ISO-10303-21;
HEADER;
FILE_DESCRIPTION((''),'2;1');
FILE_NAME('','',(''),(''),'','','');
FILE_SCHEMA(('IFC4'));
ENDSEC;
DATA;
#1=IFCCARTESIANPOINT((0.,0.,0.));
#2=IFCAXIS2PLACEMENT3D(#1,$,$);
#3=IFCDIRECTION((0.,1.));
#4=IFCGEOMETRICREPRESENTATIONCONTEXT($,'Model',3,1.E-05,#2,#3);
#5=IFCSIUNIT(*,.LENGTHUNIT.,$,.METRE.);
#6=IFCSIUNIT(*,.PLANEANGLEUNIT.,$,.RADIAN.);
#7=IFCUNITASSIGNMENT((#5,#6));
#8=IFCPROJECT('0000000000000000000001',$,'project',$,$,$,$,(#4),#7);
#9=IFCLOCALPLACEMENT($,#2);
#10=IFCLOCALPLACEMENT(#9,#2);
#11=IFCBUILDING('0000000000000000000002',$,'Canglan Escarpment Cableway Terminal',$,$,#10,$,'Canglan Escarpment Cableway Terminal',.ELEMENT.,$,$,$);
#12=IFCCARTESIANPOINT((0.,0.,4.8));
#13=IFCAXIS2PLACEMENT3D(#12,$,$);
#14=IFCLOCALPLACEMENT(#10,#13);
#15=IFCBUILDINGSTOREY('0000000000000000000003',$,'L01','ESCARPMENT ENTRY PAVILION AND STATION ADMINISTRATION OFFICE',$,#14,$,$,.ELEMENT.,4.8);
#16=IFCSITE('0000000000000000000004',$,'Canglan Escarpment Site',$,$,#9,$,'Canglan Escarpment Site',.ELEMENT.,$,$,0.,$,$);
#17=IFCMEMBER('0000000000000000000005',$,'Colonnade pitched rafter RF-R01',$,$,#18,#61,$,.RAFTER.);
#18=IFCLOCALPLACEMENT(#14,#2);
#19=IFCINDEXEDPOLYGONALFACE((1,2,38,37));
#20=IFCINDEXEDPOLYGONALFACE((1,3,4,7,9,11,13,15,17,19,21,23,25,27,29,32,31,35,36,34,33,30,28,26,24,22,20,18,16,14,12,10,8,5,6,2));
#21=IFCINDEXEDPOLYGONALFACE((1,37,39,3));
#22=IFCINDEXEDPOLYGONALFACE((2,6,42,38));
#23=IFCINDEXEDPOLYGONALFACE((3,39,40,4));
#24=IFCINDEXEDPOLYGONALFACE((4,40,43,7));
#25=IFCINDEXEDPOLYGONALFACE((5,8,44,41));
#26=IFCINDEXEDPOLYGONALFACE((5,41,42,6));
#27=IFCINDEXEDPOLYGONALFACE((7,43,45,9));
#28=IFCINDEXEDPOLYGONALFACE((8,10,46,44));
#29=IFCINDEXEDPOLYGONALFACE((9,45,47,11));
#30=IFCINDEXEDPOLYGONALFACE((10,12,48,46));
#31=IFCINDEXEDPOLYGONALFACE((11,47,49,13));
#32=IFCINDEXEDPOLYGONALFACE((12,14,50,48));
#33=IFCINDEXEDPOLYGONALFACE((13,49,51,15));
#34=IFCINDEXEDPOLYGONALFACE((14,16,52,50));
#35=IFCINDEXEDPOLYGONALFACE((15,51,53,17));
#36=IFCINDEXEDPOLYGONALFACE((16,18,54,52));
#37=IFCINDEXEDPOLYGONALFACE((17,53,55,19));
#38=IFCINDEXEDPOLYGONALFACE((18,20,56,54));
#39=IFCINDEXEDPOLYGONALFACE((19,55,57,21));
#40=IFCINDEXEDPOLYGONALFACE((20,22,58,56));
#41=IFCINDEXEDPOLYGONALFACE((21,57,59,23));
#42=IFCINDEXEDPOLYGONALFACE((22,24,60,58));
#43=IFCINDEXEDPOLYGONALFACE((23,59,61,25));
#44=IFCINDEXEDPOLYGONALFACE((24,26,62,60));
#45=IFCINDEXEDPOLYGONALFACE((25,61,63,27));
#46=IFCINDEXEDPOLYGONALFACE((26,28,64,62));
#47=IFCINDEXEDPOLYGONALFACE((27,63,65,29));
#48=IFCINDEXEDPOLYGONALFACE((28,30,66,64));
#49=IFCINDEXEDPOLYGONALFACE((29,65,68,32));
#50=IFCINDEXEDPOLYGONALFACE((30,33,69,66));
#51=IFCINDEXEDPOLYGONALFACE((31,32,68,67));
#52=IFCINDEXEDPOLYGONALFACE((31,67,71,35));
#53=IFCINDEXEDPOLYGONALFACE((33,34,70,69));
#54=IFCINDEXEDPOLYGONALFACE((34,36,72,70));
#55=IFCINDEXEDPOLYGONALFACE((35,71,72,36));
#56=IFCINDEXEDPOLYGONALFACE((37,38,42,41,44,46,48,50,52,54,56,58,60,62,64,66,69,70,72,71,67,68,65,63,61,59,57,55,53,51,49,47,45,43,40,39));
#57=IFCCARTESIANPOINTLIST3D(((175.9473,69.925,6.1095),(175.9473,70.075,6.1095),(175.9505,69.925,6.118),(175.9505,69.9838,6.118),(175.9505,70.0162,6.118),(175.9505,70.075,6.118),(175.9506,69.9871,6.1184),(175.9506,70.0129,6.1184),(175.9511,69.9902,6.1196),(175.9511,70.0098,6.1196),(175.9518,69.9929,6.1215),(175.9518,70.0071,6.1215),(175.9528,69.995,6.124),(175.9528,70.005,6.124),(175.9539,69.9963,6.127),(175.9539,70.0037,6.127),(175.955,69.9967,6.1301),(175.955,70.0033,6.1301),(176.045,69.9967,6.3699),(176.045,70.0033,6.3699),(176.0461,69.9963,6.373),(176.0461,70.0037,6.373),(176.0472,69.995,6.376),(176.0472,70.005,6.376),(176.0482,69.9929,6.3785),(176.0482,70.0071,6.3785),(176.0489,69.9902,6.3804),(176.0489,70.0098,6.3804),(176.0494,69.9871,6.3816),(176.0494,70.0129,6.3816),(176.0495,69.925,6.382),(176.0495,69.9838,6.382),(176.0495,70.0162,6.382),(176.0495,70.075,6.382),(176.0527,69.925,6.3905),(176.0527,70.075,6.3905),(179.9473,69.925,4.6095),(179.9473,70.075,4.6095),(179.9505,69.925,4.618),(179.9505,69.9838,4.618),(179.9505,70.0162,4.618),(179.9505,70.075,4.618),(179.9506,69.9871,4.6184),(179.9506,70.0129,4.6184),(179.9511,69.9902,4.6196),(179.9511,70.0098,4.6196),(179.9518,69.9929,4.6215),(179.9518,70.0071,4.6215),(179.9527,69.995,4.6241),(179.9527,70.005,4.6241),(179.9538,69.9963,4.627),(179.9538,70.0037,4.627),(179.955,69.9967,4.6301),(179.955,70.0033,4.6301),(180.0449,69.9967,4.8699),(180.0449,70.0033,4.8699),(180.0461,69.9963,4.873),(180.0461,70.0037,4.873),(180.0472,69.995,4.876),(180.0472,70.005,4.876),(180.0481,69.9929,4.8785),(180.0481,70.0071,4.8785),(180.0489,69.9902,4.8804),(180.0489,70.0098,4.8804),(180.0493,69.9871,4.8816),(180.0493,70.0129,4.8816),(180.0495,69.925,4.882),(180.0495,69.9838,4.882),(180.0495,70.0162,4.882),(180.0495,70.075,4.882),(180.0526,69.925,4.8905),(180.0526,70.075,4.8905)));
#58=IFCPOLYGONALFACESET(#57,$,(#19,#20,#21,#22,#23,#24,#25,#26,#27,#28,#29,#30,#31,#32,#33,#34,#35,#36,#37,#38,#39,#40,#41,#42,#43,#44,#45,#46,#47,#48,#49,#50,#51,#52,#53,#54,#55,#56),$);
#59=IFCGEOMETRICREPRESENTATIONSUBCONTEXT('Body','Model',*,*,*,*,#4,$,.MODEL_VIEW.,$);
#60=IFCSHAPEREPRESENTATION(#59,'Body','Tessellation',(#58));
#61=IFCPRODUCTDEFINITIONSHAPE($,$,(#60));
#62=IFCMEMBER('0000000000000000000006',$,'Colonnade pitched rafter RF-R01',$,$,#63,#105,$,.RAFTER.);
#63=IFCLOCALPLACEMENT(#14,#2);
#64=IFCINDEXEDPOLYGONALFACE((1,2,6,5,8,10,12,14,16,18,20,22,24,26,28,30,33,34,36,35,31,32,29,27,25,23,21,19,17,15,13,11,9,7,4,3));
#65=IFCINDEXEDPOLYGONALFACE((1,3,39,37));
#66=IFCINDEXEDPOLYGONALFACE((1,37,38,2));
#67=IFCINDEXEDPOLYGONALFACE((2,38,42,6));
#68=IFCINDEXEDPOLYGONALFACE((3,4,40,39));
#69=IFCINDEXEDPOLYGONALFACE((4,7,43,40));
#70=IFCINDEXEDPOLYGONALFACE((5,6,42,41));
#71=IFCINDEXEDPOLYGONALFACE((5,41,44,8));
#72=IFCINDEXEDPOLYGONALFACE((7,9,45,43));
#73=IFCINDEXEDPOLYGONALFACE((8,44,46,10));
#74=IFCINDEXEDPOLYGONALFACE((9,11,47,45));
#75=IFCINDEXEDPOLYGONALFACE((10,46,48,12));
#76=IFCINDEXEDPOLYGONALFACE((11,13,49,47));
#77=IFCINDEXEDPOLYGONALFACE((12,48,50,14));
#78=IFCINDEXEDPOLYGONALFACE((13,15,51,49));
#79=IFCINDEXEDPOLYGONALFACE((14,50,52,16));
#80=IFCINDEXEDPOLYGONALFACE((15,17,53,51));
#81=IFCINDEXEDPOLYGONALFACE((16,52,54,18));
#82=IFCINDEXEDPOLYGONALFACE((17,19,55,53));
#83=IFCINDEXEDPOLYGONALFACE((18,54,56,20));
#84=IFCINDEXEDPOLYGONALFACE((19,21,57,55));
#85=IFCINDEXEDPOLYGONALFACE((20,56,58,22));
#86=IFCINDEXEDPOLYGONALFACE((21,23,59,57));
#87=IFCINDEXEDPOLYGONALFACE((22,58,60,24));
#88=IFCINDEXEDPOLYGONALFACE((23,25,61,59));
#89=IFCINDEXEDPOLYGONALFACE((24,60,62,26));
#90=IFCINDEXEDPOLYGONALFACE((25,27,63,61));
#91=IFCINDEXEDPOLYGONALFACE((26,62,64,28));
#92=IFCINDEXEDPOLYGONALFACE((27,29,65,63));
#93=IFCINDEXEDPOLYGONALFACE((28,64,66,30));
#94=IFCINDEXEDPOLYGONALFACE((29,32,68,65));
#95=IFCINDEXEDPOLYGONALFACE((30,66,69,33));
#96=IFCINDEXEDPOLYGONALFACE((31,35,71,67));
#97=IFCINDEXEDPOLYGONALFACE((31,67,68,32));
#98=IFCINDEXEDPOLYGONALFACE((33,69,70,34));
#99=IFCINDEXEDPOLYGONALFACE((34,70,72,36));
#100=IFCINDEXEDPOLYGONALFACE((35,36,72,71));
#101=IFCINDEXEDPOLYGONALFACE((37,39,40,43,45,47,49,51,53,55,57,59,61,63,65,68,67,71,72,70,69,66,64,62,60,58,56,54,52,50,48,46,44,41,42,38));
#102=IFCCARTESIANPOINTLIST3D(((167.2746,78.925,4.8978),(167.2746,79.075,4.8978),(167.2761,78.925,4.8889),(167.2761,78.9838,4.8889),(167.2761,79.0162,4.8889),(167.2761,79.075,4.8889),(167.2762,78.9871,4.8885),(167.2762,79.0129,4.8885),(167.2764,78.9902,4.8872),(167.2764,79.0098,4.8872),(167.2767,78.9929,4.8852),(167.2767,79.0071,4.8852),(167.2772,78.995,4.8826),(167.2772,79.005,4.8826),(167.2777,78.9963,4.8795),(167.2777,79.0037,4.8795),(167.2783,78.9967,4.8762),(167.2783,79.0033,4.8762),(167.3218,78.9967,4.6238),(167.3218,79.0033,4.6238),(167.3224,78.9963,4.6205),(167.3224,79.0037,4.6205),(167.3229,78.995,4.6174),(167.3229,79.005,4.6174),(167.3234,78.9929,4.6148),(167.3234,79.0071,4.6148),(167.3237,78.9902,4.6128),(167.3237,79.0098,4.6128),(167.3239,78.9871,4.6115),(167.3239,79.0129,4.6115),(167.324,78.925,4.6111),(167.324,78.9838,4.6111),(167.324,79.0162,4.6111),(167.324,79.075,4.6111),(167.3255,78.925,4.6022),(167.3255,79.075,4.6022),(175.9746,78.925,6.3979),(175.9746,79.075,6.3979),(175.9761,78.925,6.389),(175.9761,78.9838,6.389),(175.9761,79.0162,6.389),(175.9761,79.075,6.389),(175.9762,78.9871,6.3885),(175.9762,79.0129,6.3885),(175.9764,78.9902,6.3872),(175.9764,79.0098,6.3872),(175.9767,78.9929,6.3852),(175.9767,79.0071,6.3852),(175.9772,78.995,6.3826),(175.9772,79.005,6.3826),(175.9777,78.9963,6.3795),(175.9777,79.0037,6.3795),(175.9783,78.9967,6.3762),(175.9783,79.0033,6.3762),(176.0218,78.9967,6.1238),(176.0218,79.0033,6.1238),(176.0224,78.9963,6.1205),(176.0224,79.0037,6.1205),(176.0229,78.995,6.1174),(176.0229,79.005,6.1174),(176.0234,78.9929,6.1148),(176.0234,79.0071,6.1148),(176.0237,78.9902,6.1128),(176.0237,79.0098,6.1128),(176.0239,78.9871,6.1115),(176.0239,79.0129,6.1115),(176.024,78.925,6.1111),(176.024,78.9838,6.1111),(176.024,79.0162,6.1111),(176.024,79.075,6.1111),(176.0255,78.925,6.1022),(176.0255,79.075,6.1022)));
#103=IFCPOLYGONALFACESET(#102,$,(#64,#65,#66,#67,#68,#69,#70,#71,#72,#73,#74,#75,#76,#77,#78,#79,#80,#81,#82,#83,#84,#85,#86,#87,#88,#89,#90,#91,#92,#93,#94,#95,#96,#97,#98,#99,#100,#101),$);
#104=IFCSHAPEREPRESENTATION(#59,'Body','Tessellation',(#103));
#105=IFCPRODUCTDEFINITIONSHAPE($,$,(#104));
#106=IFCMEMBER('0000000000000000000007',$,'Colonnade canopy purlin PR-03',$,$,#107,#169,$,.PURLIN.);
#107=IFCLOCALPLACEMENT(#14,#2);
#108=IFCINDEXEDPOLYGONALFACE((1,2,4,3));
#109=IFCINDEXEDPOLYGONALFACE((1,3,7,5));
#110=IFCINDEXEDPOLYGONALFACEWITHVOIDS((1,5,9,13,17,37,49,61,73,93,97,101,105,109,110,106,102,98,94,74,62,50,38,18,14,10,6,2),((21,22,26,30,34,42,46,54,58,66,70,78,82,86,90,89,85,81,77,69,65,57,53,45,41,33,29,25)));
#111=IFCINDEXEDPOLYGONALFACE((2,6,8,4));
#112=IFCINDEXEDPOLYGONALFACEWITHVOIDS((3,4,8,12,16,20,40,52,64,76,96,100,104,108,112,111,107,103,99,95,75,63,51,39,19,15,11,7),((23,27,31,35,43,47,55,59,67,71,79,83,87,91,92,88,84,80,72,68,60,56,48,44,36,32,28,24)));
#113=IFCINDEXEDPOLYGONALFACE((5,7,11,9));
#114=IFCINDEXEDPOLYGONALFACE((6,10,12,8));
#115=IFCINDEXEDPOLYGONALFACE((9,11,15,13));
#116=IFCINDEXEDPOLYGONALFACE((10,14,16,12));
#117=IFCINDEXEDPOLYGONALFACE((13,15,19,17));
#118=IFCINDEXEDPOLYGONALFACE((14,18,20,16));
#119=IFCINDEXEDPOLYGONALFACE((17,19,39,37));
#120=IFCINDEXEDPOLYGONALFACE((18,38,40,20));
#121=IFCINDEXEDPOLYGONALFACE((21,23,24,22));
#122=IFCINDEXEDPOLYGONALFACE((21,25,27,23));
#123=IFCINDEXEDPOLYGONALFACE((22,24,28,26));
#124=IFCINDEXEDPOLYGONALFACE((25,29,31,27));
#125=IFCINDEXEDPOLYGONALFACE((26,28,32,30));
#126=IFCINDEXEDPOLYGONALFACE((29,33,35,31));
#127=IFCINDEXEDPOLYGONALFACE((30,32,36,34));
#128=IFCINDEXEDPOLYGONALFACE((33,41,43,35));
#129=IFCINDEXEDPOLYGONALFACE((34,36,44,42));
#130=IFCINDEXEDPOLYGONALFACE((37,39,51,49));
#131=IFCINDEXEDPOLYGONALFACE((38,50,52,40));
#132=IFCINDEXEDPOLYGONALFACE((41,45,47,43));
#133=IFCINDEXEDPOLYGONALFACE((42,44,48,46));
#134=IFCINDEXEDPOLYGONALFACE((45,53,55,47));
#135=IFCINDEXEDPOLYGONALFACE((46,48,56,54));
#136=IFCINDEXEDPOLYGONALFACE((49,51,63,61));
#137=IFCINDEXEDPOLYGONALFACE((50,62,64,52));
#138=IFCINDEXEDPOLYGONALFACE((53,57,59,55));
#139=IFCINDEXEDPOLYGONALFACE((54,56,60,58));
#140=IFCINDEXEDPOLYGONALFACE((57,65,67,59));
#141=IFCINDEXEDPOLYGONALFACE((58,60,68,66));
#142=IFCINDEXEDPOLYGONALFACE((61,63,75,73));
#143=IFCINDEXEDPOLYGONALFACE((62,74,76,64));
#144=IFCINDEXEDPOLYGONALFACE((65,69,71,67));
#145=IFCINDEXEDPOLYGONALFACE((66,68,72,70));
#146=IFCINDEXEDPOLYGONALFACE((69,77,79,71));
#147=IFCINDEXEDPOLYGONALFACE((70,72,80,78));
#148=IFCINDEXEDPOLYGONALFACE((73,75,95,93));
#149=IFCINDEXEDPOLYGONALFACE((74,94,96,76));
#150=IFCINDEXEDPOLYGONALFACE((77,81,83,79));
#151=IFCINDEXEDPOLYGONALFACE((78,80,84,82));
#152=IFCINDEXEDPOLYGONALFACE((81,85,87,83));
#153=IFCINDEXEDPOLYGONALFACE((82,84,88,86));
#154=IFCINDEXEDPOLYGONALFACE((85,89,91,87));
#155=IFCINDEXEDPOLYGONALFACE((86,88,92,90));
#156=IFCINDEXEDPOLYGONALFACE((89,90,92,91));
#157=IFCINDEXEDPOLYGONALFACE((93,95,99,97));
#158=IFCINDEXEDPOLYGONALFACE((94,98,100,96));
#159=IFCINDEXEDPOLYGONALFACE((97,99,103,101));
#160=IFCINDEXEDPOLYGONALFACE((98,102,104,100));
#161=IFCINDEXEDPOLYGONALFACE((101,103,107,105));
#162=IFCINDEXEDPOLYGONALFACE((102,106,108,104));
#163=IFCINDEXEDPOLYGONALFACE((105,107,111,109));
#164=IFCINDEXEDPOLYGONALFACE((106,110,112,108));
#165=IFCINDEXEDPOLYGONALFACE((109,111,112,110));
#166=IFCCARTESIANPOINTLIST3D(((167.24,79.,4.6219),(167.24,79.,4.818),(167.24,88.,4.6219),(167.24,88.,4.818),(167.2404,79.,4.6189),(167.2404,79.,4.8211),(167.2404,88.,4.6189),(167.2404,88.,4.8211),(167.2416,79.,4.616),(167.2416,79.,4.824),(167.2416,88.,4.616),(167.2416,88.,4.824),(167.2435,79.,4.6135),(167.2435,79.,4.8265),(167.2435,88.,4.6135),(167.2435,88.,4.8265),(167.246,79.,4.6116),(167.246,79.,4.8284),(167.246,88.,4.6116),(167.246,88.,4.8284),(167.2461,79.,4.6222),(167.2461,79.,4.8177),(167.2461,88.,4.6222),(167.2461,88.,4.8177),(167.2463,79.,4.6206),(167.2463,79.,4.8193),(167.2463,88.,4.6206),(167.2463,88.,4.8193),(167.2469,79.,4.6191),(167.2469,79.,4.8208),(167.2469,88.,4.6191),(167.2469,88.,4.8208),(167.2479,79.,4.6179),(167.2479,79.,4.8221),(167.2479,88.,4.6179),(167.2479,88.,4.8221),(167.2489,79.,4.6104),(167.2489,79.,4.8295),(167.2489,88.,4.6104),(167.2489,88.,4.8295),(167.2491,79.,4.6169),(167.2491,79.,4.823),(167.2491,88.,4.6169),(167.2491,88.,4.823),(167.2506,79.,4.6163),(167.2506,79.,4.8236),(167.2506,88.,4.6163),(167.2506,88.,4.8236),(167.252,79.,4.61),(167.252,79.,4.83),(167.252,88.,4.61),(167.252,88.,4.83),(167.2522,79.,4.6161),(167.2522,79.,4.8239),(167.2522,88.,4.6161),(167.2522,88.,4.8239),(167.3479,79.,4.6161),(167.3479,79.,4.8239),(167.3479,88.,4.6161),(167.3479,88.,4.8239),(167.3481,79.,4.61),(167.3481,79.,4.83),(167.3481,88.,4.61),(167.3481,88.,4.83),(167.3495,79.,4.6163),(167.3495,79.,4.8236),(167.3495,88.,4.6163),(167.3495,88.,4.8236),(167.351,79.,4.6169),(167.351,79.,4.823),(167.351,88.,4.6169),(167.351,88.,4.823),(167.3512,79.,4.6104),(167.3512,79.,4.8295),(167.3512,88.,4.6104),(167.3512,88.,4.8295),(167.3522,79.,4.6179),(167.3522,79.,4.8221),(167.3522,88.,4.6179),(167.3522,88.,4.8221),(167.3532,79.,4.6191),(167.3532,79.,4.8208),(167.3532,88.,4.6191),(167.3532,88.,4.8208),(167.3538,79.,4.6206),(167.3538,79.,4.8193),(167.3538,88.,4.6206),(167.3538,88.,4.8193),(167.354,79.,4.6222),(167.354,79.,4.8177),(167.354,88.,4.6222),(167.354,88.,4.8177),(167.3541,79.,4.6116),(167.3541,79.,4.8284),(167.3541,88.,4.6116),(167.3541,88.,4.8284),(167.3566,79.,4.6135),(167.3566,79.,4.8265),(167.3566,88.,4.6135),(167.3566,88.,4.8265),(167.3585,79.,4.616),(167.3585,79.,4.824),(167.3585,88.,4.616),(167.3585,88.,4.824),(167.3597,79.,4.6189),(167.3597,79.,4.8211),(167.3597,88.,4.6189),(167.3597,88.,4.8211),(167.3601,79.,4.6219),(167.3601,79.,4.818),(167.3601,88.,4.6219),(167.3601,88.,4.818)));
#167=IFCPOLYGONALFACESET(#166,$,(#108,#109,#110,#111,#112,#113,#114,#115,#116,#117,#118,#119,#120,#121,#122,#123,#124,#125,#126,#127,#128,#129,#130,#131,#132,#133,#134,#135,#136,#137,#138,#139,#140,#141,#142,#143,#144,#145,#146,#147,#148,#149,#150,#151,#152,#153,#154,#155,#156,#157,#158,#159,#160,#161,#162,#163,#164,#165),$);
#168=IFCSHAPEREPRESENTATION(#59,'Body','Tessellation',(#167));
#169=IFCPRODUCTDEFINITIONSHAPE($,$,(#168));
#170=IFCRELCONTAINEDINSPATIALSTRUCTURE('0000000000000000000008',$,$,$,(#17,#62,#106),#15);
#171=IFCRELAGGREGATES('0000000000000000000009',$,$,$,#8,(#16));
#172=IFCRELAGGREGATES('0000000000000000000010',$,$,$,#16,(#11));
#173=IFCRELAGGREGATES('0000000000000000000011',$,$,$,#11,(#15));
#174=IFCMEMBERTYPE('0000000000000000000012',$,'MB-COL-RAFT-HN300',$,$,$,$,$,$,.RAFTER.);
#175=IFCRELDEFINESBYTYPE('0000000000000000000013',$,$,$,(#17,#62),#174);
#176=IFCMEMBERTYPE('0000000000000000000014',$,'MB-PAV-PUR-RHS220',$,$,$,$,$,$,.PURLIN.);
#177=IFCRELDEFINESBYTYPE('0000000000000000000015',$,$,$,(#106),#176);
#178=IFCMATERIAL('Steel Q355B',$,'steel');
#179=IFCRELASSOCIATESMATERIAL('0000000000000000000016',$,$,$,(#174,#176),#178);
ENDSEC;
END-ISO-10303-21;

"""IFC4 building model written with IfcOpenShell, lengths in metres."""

from ifc_helpers import new_model, si_unit, direction, frame, origin, origin_2d, place, context, subcontext, project, spatial, hollow_rectangle, i_section, extrude, material, material_profile, profile_set, type_object, element, save


model = new_model("IFC4")

# Units and contexts
model_context = context("Model", 3, precision=1e-05, world=origin(), true_north=direction((0.0, 1.0)))
body_context = subcontext(model_context, "Body", "Model", "MODEL_VIEW")
ifc_project = project(units=[si_unit("LENGTHUNIT", "METRE"), si_unit("PLANEANGLEUNIT", "RADIAN")], contexts=[model_context])

# Site, building, storey
site_placement = place(None, origin())
site = spatial("IfcSite", under=ifc_project, at=site_placement, Name="Canglan Escarpment Site", LongName="Canglan Escarpment Site", CompositionType="ELEMENT", RefElevation=0.0)
building_placement = place(site_placement, origin())
building = spatial("IfcBuilding", under=site, at=building_placement, Name="Canglan Escarpment Cableway Terminal", LongName="Canglan Escarpment Cableway Terminal", CompositionType="ELEMENT")
storey_placement = place(building_placement, frame((0.0, 0.0, 4.8)))
storey = spatial("IfcBuildingStorey", under=building, at=storey_placement, Name="L01", Description="ESCARPMENT ENTRY PAVILION AND STATION ADMINISTRATION OFFICE", CompositionType="ELEMENT", Elevation=4.8)

# Shared definitions
ifc_material_1 = material(Name="Steel Q355B", Category="steel")

# Members
ifc_material_profile_1 = material_profile(ifc_material_1, i_section(OverallWidth=0.1499, OverallDepth=0.3, WebThickness=0.0066, FlangeThickness=0.009, FilletRadius=0.0129, at=origin_2d()), Name="HN 300x150x6.5x9")
ifc_profile_set_1 = profile_set([ifc_material_profile_1], Name="Steel Q355B")
member_type_1 = type_object("IfcMemberType", Name="MB-COL-RAFT-HN300", PredefinedType="RAFTER", material=ifc_profile_set_1)
member_1_placement = place(storey_placement, frame((176.0, 70.0, 6.25), z_axis=(0.936329, 0.0, -0.351123), x_axis=(0.0, 1.0, 0.0)))
element("IfcMember", 1, at=member_1_placement, inside=storey, type_object=member_type_1, Name="Colonnade pitched rafter RF-R01", PredefinedType="RAFTER", context=body_context, shape_type="SweptSolid", body=[
    extrude(i_section(OverallWidth=0.1499, OverallDepth=0.3, WebThickness=0.0066, FlangeThickness=0.009, FilletRadius=0.0129, at=origin_2d()), origin(), (0.0, 0.0, 1.0), 4.272),
])
member_2_placement = place(storey_placement, frame((167.3, 79.0, 4.75), z_axis=(0.98546, 0.0, 0.169908), x_axis=(0.0, 1.0, 0.0)))
element("IfcMember", 2, at=member_2_placement, inside=storey, type_object=member_type_1, Name="Colonnade pitched rafter RF-R01", PredefinedType="RAFTER", context=body_context, shape_type="SweptSolid", body=[
    extrude(i_section(OverallWidth=0.1499, OverallDepth=0.3, WebThickness=0.0066, FlangeThickness=0.009, FilletRadius=0.0129, at=origin_2d()), origin(), (0.0, 0.0, 1.0), 8.8284),
])
ifc_material_profile_2 = material_profile(ifc_material_1, hollow_rectangle(XDim=0.1201, YDim=0.22, WallThickness=0.0061, InnerFilletRadius=0.0061, OuterFilletRadius=0.012, at=origin_2d()), Name="RHS 220x120x6")
ifc_profile_set_2 = profile_set([ifc_material_profile_2], Name="Steel Q355B")
member_type_2 = type_object("IfcMemberType", Name="MB-PAV-PUR-RHS220", PredefinedType="PURLIN", material=ifc_profile_set_2)
for number, where, z_axis, x_axis, name in (
    (3, (167.3, 79.0, 4.72), (0.0, 1.0, 0.0), (-1.0, 0.0, 0.0), "Colonnade canopy purlin PR-03"),
):
    element("IfcMember", number, at=place(storey_placement, frame(where, z_axis=z_axis, x_axis=x_axis)), inside=storey, type_object=member_type_2, Name=name, PredefinedType="PURLIN", context=body_context, shape_type="SweptSolid", body=[
        extrude(hollow_rectangle(XDim=0.1201, YDim=0.22, WallThickness=0.0061, InnerFilletRadius=0.0061, OuterFilletRadius=0.012, at=origin_2d()), origin(), (0.0, 0.0, 1.0), 9.0),
    ])

save(model, "model.ifc")
